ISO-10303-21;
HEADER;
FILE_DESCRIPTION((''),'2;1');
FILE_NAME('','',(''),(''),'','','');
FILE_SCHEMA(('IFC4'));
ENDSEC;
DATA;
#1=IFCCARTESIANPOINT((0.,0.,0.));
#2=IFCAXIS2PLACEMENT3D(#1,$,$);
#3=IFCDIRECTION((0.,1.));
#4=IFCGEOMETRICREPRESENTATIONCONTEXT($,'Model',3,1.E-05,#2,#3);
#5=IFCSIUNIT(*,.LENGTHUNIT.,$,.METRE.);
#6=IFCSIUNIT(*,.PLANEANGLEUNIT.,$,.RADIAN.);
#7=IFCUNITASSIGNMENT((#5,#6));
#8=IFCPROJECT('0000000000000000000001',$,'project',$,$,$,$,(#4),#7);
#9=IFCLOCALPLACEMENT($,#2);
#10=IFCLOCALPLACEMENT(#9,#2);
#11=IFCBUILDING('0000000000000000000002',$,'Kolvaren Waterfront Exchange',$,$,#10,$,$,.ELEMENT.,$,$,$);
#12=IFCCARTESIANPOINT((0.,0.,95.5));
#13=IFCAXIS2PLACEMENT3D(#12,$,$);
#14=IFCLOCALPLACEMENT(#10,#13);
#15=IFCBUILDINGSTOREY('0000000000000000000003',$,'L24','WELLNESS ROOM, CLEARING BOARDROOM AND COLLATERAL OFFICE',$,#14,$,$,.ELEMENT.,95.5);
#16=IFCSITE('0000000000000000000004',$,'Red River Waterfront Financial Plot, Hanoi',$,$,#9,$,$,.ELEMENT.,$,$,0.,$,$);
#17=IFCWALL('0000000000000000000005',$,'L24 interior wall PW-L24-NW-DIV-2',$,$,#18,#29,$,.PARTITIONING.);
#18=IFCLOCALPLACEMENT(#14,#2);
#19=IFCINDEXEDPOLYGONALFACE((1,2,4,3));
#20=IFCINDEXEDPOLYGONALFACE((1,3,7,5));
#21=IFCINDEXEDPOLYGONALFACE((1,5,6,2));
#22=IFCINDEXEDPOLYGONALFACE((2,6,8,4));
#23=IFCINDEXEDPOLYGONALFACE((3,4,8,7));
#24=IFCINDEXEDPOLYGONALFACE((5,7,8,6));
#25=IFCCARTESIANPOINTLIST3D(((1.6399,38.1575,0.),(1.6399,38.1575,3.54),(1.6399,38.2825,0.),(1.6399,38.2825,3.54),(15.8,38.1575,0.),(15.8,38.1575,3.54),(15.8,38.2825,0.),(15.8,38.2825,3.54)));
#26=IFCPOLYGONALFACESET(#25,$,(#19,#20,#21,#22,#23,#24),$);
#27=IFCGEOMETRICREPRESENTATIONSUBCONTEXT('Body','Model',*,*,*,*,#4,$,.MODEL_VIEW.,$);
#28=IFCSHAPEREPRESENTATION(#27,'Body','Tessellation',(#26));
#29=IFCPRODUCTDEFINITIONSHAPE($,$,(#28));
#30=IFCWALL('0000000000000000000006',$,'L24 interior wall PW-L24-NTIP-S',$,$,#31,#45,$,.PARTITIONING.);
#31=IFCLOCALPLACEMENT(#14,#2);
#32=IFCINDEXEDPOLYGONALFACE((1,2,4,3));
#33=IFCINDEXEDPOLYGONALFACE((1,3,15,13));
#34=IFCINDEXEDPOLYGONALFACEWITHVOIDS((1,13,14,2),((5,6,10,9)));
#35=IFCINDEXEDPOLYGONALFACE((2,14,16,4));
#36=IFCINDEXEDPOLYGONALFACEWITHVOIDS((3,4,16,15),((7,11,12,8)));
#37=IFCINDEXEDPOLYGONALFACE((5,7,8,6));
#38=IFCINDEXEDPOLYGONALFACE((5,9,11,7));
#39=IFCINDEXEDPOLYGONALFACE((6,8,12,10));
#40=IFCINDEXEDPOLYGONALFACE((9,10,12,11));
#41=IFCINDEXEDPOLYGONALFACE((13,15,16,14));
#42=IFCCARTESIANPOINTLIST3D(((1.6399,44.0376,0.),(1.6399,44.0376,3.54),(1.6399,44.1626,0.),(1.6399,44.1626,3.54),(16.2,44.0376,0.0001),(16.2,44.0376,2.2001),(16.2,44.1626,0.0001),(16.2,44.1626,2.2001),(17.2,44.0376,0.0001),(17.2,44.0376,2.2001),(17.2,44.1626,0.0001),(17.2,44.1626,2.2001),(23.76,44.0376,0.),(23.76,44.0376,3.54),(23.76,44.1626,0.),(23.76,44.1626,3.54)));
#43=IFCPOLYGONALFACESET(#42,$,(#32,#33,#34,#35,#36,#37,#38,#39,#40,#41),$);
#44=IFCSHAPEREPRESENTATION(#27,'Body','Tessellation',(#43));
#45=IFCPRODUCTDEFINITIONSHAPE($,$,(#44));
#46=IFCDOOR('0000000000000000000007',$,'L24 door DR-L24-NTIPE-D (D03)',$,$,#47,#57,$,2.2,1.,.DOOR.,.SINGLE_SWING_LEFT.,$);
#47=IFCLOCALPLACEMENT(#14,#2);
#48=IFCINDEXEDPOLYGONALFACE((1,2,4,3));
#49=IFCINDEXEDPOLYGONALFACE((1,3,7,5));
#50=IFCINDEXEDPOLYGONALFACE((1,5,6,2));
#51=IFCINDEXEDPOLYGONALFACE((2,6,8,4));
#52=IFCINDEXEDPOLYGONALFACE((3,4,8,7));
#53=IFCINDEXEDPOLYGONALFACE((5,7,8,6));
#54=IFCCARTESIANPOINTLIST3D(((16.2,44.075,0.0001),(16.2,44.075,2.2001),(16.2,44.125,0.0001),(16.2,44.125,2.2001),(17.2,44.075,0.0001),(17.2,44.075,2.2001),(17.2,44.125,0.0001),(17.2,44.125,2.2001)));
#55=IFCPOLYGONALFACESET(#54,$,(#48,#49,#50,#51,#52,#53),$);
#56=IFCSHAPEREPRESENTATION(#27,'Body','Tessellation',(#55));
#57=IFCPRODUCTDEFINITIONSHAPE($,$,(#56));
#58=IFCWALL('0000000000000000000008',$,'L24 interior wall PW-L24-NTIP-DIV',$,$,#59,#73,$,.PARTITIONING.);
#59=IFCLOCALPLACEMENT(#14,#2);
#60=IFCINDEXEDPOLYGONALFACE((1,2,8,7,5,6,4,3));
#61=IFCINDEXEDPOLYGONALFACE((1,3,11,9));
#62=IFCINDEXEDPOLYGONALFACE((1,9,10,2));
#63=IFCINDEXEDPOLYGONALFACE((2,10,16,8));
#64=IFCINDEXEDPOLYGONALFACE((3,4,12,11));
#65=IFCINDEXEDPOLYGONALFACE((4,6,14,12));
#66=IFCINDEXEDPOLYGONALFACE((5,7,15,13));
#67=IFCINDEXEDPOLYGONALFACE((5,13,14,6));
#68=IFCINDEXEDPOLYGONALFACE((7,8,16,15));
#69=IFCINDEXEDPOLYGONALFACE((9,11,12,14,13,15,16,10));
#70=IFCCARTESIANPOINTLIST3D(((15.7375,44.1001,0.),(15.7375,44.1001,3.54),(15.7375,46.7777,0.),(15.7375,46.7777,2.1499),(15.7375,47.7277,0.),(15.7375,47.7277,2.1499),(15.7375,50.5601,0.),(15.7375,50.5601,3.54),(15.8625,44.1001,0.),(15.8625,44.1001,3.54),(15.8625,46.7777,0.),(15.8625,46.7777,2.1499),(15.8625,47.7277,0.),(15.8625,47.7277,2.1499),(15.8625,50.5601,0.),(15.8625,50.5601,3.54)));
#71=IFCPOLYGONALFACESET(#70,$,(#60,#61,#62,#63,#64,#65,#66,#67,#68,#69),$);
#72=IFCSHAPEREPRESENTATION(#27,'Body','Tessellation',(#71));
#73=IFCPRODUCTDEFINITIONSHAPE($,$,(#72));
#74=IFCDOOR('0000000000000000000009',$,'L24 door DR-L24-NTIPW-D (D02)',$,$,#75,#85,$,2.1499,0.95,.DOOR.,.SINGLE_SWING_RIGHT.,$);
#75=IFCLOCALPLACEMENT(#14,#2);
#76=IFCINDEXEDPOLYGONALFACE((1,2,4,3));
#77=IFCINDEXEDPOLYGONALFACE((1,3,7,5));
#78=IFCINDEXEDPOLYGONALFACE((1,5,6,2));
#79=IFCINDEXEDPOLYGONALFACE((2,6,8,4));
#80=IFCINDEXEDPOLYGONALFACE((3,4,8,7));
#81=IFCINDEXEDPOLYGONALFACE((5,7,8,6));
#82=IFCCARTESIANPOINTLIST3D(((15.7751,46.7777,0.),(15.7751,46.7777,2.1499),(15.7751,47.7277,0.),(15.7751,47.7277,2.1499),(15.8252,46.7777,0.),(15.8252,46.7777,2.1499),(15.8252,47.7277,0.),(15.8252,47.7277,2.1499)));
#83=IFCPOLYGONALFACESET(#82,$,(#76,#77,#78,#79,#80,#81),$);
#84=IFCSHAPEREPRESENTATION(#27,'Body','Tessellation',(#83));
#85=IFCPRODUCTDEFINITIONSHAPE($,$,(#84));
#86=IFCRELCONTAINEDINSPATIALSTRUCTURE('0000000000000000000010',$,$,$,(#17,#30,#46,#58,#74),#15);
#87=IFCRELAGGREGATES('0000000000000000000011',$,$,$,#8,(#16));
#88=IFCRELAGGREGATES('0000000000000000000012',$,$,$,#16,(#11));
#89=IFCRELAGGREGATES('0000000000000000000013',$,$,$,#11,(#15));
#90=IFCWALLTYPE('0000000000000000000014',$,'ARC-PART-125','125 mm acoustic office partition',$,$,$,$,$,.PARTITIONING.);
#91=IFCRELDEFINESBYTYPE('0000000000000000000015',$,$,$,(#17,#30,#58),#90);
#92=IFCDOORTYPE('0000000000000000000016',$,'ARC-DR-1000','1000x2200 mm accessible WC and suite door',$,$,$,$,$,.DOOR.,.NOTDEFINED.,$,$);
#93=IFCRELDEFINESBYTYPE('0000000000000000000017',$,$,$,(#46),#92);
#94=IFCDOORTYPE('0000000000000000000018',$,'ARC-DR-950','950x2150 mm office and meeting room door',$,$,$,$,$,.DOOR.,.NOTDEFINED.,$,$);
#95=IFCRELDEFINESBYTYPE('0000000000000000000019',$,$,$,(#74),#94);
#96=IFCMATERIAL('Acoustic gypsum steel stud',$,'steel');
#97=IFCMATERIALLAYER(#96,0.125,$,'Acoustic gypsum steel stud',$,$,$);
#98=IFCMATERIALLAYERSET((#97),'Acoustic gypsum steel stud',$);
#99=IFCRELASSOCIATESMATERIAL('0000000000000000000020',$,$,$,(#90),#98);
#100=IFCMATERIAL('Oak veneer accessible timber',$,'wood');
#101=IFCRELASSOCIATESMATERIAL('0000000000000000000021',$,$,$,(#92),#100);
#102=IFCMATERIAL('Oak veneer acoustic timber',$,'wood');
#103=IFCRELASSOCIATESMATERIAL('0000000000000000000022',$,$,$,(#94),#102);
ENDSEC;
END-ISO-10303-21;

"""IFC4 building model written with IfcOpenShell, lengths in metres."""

from ifc_helpers import new_model, si_unit, direction, frame, frame_2d, origin, place, context, subcontext, project, spatial, rectangle, extrude, material, layer, layer_set, type_object, element, fill, save


model = new_model("IFC4")

# Units and contexts
model_context = context("Model", 3, precision=1e-05, world=origin(), true_north=direction((0.0, 1.0)))
body_context = subcontext(model_context, "Body", "Model", "MODEL_VIEW")
ifc_project = project(units=[si_unit("LENGTHUNIT", "METRE"), si_unit("PLANEANGLEUNIT", "RADIAN")], contexts=[model_context])

# Site, building, storey
site_placement = place(None, origin())
site = spatial("IfcSite", under=ifc_project, at=site_placement, Name="Red River Waterfront Financial Plot, Hanoi", CompositionType="ELEMENT", RefElevation=0.0)
building_placement = place(site_placement, origin())
building = spatial("IfcBuilding", under=site, at=building_placement, Name="Kolvaren Waterfront Exchange", CompositionType="ELEMENT")
storey_placement = place(building_placement, frame((0.0, 0.0, 95.5)))
storey = spatial("IfcBuildingStorey", under=building, at=storey_placement, Name="L24", Description="WELLNESS ROOM, CLEARING BOARDROOM AND COLLATERAL OFFICE", CompositionType="ELEMENT", Elevation=95.5)

# Wall
ifc_material_1 = material(Name="Acoustic gypsum steel stud", Category="steel")
ifc_layer_1 = layer(ifc_material_1, 0.125, Name="Acoustic gypsum steel stud")
ifc_layer_set_1 = layer_set([ifc_layer_1], Name="Acoustic gypsum steel stud")
wall_type_1 = type_object("IfcWallType", Name="ARC-PART-125", Description="125 mm acoustic office partition", PredefinedType="PARTITIONING", material=ifc_layer_set_1)
wall_1_placement = place(storey_placement, frame((1.6399, 38.22, 0.0), z_axis=(0.0, 0.0, 1.0), x_axis=(1.0, 0.0, 0.0)))
element("IfcWall", 1, at=wall_1_placement, inside=storey, type_object=wall_type_1, Name="L24 interior wall PW-L24-NW-DIV-2", PredefinedType="PARTITIONING", context=body_context, shape_type="SweptSolid", body=[
    extrude(rectangle(XDim=14.1602, YDim=0.125, at=frame_2d((7.0801, 0.0))), origin(), (0.0, 0.0, 1.0), 3.54),
])

# Walls, openings, doors
wall_2_placement = place(storey_placement, frame((1.6399, 44.1001, 0.0), z_axis=(0.0, 0.0, 1.0), x_axis=(1.0, 0.0, 0.0)))
wall_2 = element("IfcWall", 2, at=wall_2_placement, inside=storey, type_object=wall_type_1, Name="L24 interior wall PW-L24-NTIP-S", PredefinedType="PARTITIONING", context=body_context, shape_type="SweptSolid", body=[
    extrude(rectangle(XDim=22.1201, YDim=0.125, at=frame_2d((11.0601, 0.0))), origin(), (0.0, 0.0, 1.0), 3.54),
])
opening_1_placement = place(wall_2_placement, frame((14.5601, 0.0, 0.0)))
opening_1 = element("IfcOpeningElement", 3, at=opening_1_placement, cuts=wall_2, PredefinedType="OPENING", context=body_context, shape_type="SweptSolid", body=[
    extrude(rectangle(XDim=1.0, YDim=2.2, at=frame_2d((0.5, 1.1001))), frame((0.0, 0.0725, 0.0), z_axis=(0.0, -1.0, 0.0), x_axis=(1.0, 0.0, 0.0)), (0.0, 0.0, 1.0), 0.145),
])
ifc_material_2 = material(Name="Oak veneer accessible timber", Category="wood")
door_type_1 = type_object("IfcDoorType", Name="ARC-DR-1000", Description="1000x2200 mm accessible WC and suite door", OperationType="NOTDEFINED", PredefinedType="DOOR", material=ifc_material_2)
door_1_placement = place(opening_1_placement, origin())
door_1 = element("IfcDoor", 4, at=door_1_placement, inside=storey, type_object=door_type_1, Name="L24 door DR-L24-NTIPE-D (D03)", OperationType="SINGLE_SWING_LEFT", OverallHeight=2.2, OverallWidth=1.0, PredefinedType="DOOR", context=body_context, shape_type="SweptSolid", body=[
    extrude(rectangle(XDim=1.0, YDim=2.2, at=frame_2d((0.5, 1.1001))), frame((0.0, 0.0249, 0.0), z_axis=(0.0, -1.0, 0.0), x_axis=(1.0, 0.0, 0.0)), (0.0, 0.0, 1.0), 0.05),
])
fill(opening_1, door_1)
wall_3_placement = place(storey_placement, frame((15.8, 44.1001, 0.0), z_axis=(0.0, 0.0, 1.0), x_axis=(0.0, 1.0, 0.0)))
wall_3 = element("IfcWall", 5, at=wall_3_placement, inside=storey, type_object=wall_type_1, Name="L24 interior wall PW-L24-NTIP-DIV", PredefinedType="PARTITIONING", context=body_context, shape_type="SweptSolid", body=[
    extrude(rectangle(XDim=6.46, YDim=0.125, at=frame_2d((3.23, 0.0))), origin(), (0.0, 0.0, 1.0), 3.54),
])
opening_2_placement = place(wall_3_placement, frame((2.6775, 0.0, 0.0)))
opening_2 = element("IfcOpeningElement", 6, at=opening_2_placement, cuts=wall_3, PredefinedType="OPENING", context=body_context, shape_type="SweptSolid", body=[
    extrude(rectangle(XDim=0.95, YDim=2.1499, at=frame_2d((0.4751, 1.075))), frame((0.0, 0.0725, 0.0), z_axis=(0.0, -1.0, 0.0), x_axis=(1.0, 0.0, 0.0)), (0.0, 0.0, 1.0), 0.145),
])
ifc_material_3 = material(Name="Oak veneer acoustic timber", Category="wood")
door_type_2 = type_object("IfcDoorType", Name="ARC-DR-950", Description="950x2150 mm office and meeting room door", OperationType="NOTDEFINED", PredefinedType="DOOR", material=ifc_material_3)
door_2_placement = place(opening_2_placement, origin())
door_2 = element("IfcDoor", 7, at=door_2_placement, inside=storey, type_object=door_type_2, Name="L24 door DR-L24-NTIPW-D (D02)", OperationType="SINGLE_SWING_RIGHT", OverallHeight=2.1499, OverallWidth=0.95, PredefinedType="DOOR", context=body_context, shape_type="SweptSolid", body=[
    extrude(rectangle(XDim=0.95, YDim=2.1499, at=frame_2d((0.4751, 1.075))), frame((0.0, 0.0249, 0.0), z_axis=(0.0, -1.0, 0.0), x_axis=(1.0, 0.0, 0.0)), (0.0, 0.0, 1.0), 0.05),
])
fill(opening_2, door_2)

save(model, "model.ifc")
